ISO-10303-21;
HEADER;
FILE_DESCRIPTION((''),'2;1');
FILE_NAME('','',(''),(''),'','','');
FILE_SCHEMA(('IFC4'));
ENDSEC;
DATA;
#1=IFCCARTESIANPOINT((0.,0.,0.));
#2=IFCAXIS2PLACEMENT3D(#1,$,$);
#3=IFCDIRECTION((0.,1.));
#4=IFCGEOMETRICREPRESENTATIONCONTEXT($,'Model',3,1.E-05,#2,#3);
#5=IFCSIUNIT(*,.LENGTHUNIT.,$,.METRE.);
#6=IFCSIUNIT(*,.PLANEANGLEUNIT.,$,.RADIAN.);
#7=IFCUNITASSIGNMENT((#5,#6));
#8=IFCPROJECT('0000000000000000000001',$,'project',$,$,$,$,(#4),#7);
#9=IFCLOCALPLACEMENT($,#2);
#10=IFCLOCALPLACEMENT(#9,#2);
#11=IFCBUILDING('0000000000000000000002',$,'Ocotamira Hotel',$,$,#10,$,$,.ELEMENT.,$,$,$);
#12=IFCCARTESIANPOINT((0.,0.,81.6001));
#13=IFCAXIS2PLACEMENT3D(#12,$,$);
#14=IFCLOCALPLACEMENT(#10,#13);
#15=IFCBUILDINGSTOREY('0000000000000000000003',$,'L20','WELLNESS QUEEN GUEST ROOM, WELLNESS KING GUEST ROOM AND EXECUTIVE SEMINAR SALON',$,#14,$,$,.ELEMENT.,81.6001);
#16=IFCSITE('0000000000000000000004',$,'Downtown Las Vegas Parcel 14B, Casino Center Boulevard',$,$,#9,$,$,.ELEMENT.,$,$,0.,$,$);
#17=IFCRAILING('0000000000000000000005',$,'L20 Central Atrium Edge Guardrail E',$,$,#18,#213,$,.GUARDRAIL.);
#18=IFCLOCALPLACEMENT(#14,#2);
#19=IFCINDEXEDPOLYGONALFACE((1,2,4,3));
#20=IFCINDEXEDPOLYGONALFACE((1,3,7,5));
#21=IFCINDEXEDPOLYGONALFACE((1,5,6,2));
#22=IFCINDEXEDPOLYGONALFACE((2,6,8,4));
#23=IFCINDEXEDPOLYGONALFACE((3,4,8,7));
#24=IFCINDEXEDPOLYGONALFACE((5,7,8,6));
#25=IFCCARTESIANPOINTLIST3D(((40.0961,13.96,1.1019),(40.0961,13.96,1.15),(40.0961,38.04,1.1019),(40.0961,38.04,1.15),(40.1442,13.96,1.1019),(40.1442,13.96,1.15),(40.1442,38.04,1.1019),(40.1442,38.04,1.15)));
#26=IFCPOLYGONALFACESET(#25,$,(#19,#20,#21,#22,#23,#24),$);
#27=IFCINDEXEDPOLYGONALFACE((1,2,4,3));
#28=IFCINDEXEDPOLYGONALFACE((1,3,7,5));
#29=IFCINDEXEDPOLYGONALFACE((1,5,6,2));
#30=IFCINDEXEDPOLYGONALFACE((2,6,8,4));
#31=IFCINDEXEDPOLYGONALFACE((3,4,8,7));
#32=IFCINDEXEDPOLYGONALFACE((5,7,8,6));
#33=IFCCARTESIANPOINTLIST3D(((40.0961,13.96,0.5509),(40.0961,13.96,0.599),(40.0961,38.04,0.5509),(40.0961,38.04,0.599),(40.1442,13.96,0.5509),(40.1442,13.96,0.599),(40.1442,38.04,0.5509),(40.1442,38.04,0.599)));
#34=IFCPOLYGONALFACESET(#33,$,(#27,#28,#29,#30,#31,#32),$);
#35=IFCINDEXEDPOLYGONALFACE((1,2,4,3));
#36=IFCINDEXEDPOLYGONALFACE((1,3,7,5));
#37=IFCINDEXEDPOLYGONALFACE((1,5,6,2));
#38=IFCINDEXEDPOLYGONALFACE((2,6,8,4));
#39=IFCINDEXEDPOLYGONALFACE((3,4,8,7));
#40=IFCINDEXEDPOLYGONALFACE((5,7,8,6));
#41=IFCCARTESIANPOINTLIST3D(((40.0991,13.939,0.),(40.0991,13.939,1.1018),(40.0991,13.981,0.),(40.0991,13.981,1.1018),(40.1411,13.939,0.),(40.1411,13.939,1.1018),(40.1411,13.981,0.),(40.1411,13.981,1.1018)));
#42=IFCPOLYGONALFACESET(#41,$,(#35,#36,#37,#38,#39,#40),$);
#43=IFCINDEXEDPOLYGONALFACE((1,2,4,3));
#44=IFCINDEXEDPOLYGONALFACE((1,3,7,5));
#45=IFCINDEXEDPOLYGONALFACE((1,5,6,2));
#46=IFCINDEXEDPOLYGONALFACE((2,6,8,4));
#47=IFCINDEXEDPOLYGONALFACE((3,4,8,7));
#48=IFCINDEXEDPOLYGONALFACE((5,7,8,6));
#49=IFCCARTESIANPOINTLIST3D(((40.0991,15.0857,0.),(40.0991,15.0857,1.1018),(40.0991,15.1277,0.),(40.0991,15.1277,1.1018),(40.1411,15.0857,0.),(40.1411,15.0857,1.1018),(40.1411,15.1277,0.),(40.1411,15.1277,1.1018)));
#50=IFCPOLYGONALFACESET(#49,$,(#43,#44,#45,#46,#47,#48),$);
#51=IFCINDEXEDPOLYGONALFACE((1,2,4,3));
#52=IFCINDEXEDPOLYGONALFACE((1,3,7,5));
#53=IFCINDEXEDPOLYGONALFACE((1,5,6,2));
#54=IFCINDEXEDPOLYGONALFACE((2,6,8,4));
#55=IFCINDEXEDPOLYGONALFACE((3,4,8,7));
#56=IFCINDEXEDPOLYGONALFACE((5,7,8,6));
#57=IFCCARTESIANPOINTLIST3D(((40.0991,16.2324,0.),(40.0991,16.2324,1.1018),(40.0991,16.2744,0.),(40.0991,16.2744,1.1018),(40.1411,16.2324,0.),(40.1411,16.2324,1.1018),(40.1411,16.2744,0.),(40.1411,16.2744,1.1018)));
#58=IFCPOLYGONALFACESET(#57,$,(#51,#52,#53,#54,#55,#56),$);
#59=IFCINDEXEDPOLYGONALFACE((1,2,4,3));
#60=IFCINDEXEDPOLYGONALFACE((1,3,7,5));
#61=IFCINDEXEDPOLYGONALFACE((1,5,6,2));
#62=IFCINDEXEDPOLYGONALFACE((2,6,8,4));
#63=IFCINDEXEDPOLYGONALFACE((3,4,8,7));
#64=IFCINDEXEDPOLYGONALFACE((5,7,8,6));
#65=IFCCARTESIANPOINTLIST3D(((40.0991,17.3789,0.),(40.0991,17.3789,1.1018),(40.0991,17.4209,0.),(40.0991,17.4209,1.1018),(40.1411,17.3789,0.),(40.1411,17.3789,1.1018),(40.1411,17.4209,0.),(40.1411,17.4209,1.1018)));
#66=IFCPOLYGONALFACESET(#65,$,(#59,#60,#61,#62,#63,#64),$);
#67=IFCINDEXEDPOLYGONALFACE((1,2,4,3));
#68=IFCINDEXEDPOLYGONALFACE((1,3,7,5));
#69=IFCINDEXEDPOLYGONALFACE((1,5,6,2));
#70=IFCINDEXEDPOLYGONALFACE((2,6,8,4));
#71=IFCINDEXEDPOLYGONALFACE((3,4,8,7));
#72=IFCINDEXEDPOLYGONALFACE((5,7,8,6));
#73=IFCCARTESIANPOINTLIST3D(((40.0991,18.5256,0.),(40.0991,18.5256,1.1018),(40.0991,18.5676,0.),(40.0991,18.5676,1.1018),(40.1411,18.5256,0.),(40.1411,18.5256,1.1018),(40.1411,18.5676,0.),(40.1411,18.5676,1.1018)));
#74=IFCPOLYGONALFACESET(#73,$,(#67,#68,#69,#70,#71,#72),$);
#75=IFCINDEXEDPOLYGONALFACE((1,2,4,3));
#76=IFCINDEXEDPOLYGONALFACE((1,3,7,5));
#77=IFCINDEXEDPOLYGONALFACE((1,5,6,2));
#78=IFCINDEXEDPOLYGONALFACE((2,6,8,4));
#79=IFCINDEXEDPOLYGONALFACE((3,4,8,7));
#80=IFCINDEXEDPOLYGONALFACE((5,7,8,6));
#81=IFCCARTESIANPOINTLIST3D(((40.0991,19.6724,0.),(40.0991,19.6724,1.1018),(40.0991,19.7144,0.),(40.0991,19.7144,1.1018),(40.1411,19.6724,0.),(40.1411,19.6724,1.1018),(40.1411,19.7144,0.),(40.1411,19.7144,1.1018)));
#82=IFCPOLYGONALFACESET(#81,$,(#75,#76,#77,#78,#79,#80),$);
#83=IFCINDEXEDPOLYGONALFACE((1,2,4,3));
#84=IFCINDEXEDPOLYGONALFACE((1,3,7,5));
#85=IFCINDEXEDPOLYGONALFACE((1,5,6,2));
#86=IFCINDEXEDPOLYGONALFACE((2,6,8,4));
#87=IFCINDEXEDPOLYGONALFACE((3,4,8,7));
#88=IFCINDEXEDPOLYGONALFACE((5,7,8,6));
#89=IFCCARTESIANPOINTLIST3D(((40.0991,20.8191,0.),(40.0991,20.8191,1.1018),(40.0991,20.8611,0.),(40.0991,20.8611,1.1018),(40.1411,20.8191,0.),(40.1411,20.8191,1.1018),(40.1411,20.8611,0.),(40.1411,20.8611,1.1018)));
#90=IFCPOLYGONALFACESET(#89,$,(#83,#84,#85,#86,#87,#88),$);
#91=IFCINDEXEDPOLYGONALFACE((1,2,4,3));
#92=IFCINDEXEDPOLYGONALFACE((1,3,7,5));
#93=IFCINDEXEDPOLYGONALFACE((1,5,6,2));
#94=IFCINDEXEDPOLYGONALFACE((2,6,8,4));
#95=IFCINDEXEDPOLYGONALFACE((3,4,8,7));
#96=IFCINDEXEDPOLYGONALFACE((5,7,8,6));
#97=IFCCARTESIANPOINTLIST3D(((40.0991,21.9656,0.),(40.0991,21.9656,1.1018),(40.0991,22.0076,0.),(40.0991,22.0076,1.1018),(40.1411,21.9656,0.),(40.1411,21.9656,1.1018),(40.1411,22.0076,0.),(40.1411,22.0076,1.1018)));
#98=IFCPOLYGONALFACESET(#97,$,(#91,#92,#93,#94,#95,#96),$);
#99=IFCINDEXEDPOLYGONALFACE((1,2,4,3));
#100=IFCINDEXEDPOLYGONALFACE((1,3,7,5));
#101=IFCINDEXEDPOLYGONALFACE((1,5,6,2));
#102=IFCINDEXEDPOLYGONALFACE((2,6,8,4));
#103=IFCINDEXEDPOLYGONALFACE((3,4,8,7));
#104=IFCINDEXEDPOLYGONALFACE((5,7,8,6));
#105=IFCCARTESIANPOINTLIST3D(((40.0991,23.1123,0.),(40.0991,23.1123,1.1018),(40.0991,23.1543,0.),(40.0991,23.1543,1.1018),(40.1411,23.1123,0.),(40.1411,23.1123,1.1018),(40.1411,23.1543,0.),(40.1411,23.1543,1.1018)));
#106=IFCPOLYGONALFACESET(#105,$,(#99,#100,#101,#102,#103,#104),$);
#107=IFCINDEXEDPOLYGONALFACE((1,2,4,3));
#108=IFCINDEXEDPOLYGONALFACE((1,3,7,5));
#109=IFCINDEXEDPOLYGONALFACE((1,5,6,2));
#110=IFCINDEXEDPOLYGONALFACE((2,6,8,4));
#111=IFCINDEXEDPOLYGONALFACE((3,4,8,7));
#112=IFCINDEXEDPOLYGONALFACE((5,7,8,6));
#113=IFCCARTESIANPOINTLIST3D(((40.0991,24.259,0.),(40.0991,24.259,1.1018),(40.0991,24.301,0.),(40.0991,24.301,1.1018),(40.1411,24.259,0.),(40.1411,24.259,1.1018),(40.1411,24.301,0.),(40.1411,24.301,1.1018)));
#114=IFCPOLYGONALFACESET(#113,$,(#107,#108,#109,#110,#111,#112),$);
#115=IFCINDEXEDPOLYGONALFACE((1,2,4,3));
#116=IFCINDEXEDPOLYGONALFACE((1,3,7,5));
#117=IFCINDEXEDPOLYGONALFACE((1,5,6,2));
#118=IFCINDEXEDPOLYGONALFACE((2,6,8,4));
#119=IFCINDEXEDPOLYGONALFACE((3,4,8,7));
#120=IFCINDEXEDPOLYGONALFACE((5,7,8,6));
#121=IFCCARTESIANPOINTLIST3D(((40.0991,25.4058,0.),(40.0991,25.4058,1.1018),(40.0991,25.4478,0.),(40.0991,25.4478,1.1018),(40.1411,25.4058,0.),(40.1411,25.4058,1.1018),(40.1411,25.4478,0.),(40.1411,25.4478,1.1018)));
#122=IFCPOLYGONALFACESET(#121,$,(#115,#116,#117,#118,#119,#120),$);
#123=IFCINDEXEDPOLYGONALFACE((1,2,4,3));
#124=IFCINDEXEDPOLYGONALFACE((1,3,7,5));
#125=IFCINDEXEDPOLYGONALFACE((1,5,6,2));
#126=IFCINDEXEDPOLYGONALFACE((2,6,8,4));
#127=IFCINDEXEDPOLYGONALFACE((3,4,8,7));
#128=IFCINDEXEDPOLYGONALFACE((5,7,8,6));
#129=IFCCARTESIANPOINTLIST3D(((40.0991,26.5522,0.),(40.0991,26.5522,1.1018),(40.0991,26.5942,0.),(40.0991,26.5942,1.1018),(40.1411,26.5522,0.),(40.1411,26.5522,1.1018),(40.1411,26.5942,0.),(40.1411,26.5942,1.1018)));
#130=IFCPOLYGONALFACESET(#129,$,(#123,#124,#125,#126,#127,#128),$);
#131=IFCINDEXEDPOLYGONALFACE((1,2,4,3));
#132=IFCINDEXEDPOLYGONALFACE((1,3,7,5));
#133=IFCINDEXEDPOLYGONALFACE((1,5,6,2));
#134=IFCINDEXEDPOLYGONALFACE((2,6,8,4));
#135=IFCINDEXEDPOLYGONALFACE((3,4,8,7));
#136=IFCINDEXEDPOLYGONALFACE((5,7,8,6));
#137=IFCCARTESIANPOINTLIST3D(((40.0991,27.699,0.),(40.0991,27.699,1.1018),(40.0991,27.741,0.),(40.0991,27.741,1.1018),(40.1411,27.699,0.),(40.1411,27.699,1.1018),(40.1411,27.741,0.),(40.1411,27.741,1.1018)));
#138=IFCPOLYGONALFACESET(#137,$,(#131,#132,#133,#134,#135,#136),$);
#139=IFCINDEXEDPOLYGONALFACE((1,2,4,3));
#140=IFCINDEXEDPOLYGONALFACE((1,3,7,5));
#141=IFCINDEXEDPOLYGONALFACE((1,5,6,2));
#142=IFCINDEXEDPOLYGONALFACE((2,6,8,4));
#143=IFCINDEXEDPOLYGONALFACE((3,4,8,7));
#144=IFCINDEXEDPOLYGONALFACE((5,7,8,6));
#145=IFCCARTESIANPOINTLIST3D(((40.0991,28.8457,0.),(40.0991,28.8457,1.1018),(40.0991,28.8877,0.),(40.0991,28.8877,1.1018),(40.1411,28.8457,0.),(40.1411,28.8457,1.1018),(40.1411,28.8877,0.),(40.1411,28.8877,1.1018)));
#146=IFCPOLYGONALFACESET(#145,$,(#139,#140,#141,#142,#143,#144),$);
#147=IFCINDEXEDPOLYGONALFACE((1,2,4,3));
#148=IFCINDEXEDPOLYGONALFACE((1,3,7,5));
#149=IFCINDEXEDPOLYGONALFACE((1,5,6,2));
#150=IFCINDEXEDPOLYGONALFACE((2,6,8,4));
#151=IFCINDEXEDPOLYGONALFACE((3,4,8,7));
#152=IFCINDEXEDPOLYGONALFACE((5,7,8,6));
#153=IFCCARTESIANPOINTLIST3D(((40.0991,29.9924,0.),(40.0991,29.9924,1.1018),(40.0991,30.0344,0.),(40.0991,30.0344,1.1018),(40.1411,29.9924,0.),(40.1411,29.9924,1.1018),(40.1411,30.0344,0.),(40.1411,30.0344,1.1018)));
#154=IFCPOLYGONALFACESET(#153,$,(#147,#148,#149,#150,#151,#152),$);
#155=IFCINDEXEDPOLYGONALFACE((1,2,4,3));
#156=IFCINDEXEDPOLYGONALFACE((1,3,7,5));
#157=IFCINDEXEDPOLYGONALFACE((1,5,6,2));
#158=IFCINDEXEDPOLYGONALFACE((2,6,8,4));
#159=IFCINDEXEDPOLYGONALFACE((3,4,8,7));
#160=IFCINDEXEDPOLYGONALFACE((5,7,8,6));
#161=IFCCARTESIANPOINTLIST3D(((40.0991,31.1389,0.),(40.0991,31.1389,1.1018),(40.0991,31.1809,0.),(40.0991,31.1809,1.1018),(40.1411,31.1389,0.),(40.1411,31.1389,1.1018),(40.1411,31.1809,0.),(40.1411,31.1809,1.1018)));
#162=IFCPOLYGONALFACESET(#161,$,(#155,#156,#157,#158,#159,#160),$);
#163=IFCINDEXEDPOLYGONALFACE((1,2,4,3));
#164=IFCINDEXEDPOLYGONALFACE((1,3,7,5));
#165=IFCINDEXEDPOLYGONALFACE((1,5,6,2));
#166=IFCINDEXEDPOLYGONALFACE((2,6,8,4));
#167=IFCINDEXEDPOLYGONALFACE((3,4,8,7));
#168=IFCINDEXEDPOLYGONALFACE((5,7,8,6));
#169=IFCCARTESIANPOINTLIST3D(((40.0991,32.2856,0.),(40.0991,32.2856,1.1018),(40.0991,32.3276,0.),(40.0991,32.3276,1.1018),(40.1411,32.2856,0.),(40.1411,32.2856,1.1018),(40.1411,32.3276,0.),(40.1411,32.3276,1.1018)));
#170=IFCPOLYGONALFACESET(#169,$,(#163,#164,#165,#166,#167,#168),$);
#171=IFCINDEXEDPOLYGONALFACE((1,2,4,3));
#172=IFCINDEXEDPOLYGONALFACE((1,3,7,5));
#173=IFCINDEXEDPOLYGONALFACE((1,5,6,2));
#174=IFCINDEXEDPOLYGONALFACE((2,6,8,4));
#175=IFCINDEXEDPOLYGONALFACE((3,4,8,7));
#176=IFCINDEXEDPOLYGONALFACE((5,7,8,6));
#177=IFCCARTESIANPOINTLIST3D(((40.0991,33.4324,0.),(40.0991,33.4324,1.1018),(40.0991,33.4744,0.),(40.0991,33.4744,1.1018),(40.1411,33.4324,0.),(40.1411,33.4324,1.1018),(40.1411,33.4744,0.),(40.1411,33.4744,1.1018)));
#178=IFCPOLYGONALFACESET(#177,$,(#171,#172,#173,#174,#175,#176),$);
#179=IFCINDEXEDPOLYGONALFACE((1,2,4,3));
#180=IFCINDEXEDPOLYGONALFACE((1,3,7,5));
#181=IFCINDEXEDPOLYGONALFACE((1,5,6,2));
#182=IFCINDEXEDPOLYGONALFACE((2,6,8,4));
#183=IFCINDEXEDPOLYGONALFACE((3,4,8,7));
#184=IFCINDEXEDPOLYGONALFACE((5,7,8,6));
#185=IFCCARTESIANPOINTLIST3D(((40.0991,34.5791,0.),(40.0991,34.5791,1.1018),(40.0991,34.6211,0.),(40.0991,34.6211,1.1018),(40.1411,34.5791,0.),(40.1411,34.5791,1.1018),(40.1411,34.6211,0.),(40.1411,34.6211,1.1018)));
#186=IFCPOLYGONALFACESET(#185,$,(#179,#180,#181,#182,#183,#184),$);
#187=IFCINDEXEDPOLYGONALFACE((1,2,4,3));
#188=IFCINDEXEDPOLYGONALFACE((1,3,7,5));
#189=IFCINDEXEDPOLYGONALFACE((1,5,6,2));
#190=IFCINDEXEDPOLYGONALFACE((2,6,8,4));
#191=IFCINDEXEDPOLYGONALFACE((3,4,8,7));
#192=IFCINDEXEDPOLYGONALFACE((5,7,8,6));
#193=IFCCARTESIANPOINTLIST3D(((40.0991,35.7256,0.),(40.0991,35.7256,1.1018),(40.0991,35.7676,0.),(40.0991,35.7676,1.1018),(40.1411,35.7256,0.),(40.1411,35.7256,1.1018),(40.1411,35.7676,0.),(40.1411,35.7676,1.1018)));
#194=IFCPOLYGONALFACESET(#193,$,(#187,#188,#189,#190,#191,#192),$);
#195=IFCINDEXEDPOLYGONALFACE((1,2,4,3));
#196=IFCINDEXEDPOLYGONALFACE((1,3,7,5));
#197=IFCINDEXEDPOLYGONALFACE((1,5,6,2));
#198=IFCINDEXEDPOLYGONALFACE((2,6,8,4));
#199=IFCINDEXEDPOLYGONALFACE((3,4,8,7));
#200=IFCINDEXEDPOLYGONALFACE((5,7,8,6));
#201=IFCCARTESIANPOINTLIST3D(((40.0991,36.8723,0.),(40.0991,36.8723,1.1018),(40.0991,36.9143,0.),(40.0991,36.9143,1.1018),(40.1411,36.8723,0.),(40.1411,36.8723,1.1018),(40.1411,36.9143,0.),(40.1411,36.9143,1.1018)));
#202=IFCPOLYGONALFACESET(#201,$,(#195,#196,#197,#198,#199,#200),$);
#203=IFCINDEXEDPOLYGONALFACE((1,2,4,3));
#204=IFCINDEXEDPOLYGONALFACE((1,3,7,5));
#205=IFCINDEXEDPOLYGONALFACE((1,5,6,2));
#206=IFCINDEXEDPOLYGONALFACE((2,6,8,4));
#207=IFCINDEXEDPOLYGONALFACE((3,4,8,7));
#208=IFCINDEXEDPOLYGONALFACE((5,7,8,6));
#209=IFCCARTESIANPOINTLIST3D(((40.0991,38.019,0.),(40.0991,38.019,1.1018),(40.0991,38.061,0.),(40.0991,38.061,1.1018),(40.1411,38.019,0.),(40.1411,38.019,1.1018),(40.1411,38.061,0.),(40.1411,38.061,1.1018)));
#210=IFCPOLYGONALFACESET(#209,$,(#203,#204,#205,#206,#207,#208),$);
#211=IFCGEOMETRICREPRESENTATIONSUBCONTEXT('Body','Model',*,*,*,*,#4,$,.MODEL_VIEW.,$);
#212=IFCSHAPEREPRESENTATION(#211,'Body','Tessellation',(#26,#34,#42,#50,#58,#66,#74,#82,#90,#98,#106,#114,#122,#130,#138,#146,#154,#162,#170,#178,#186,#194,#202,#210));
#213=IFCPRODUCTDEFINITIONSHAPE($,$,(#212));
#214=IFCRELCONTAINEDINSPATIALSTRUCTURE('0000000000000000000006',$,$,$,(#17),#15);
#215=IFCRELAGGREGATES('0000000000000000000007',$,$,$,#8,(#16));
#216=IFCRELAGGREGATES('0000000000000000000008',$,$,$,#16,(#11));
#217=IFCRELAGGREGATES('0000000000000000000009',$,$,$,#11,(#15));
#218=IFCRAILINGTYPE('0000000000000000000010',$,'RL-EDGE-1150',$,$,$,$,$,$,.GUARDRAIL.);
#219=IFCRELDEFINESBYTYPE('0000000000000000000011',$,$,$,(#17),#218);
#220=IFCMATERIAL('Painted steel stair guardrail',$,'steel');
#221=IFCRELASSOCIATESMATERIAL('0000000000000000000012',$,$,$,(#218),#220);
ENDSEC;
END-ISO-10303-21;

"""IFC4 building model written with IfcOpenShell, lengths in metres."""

from ifc_helpers import new_model, si_unit, direction, frame, origin, origin_2d, place, context, subcontext, project, spatial, rectangle, extrude, material, type_object, element, save


model = new_model("IFC4")

# Units and contexts
model_context = context("Model", 3, precision=1e-05, world=origin(), true_north=direction((0.0, 1.0)))
body_context = subcontext(model_context, "Body", "Model", "MODEL_VIEW")
ifc_project = project(units=[si_unit("LENGTHUNIT", "METRE"), si_unit("PLANEANGLEUNIT", "RADIAN")], contexts=[model_context])

# Site, building, storey
site_placement = place(None, origin())
site = spatial("IfcSite", under=ifc_project, at=site_placement, Name="Downtown Las Vegas Parcel 14B, Casino Center Boulevard", CompositionType="ELEMENT", RefElevation=0.0)
building_placement = place(site_placement, origin())
building = spatial("IfcBuilding", under=site, at=building_placement, Name="Ocotamira Hotel", CompositionType="ELEMENT")
storey_placement = place(building_placement, frame((0.0, 0.0, 81.6001)))
storey = spatial("IfcBuildingStorey", under=building, at=storey_placement, Name="L20", Description="WELLNESS QUEEN GUEST ROOM, WELLNESS KING GUEST ROOM AND EXECUTIVE SEMINAR SALON", CompositionType="ELEMENT", Elevation=81.6001)

# Railing
ifc_material_1 = material(Name="Painted steel stair guardrail", Category="steel")
railing_type = type_object("IfcRailingType", Name="RL-EDGE-1150", PredefinedType="GUARDRAIL", material=ifc_material_1)
railing_placement = place(storey_placement, frame((40.1201, 13.96, 0.0)))
element("IfcRailing", 1, at=railing_placement, inside=storey, type_object=railing_type, Name="L20 Central Atrium Edge Guardrail E", PredefinedType="GUARDRAIL", context=body_context, shape_type="SweptSolid", body=[
    extrude(rectangle(XDim=0.0481, YDim=0.0481, at=origin_2d()), frame((0.0, 0.0, 1.126), z_axis=(0.0, 1.0, 0.0), x_axis=(-1.0, 0.0, 0.0)), (0.0, 0.0, 1.0), 24.0801),
    extrude(rectangle(XDim=0.0481, YDim=0.0481, at=origin_2d()), frame((0.0, 0.0, 0.575), z_axis=(0.0, 1.0, 0.0), x_axis=(-1.0, 0.0, 0.0)), (0.0, 0.0, 1.0), 24.0801),
    extrude(rectangle(XDim=0.042, YDim=0.042, at=origin_2d()), origin(), (0.0, 0.0, 1.0), 1.1018),
    extrude(rectangle(XDim=0.042, YDim=0.042, at=origin_2d()), frame((0.0, 1.1467, 0.0)), (0.0, 0.0, 1.0), 1.1018),
    extrude(rectangle(XDim=0.042, YDim=0.042, at=origin_2d()), frame((0.0, 2.2935, 0.0)), (0.0, 0.0, 1.0), 1.1018),
    extrude(rectangle(XDim=0.042, YDim=0.042, at=origin_2d()), frame((0.0, 3.4399, 0.0)), (0.0, 0.0, 1.0), 1.1018),
    extrude(rectangle(XDim=0.042, YDim=0.042, at=origin_2d()), frame((0.0, 4.5867, 0.0)), (0.0, 0.0, 1.0), 1.1018),
    extrude(rectangle(XDim=0.042, YDim=0.042, at=origin_2d()), frame((0.0, 5.7334, 0.0)), (0.0, 0.0, 1.0), 1.1018),
    extrude(rectangle(XDim=0.042, YDim=0.042, at=origin_2d()), frame((0.0, 6.8801, 0.0)), (0.0, 0.0, 1.0), 1.1018),
    extrude(rectangle(XDim=0.042, YDim=0.042, at=origin_2d()), frame((0.0, 8.0266, 0.0)), (0.0, 0.0, 1.0), 1.1018),
    extrude(rectangle(XDim=0.042, YDim=0.042, at=origin_2d()), frame((0.0, 9.1733, 0.0)), (0.0, 0.0, 1.0), 1.1018),
    extrude(rectangle(XDim=0.042, YDim=0.042, at=origin_2d()), frame((0.0, 10.3201, 0.0)), (0.0, 0.0, 1.0), 1.1018),
    extrude(rectangle(XDim=0.042, YDim=0.042, at=origin_2d()), frame((0.0, 11.4668, 0.0)), (0.0, 0.0, 1.0), 1.1018),
    extrude(rectangle(XDim=0.042, YDim=0.042, at=origin_2d()), frame((0.0, 12.6133, 0.0)), (0.0, 0.0, 1.0), 1.1018),
    extrude(rectangle(XDim=0.042, YDim=0.042, at=origin_2d()), frame((0.0, 13.76, 0.0)), (0.0, 0.0, 1.0), 1.1018),
    extrude(rectangle(XDim=0.042, YDim=0.042, at=origin_2d()), frame((0.0, 14.9067, 0.0)), (0.0, 0.0, 1.0), 1.1018),
    extrude(rectangle(XDim=0.042, YDim=0.042, at=origin_2d()), frame((0.0, 16.0535, 0.0)), (0.0, 0.0, 1.0), 1.1018),
    extrude(rectangle(XDim=0.042, YDim=0.042, at=origin_2d()), frame((0.0, 17.2, 0.0)), (0.0, 0.0, 1.0), 1.1018),
    extrude(rectangle(XDim=0.042, YDim=0.042, at=origin_2d()), frame((0.0, 18.3467, 0.0)), (0.0, 0.0, 1.0), 1.1018),
    extrude(rectangle(XDim=0.042, YDim=0.042, at=origin_2d()), frame((0.0, 19.4934, 0.0)), (0.0, 0.0, 1.0), 1.1018),
    extrude(rectangle(XDim=0.042, YDim=0.042, at=origin_2d()), frame((0.0, 20.6401, 0.0)), (0.0, 0.0, 1.0), 1.1018),
    extrude(rectangle(XDim=0.042, YDim=0.042, at=origin_2d()), frame((0.0, 21.7866, 0.0)), (0.0, 0.0, 1.0), 1.1018),
    extrude(rectangle(XDim=0.042, YDim=0.042, at=origin_2d()), frame((0.0, 22.9333, 0.0)), (0.0, 0.0, 1.0), 1.1018),
    extrude(rectangle(XDim=0.042, YDim=0.042, at=origin_2d()), frame((0.0, 24.0801, 0.0)), (0.0, 0.0, 1.0), 1.1018),
])

save(model, "model.ifc")
